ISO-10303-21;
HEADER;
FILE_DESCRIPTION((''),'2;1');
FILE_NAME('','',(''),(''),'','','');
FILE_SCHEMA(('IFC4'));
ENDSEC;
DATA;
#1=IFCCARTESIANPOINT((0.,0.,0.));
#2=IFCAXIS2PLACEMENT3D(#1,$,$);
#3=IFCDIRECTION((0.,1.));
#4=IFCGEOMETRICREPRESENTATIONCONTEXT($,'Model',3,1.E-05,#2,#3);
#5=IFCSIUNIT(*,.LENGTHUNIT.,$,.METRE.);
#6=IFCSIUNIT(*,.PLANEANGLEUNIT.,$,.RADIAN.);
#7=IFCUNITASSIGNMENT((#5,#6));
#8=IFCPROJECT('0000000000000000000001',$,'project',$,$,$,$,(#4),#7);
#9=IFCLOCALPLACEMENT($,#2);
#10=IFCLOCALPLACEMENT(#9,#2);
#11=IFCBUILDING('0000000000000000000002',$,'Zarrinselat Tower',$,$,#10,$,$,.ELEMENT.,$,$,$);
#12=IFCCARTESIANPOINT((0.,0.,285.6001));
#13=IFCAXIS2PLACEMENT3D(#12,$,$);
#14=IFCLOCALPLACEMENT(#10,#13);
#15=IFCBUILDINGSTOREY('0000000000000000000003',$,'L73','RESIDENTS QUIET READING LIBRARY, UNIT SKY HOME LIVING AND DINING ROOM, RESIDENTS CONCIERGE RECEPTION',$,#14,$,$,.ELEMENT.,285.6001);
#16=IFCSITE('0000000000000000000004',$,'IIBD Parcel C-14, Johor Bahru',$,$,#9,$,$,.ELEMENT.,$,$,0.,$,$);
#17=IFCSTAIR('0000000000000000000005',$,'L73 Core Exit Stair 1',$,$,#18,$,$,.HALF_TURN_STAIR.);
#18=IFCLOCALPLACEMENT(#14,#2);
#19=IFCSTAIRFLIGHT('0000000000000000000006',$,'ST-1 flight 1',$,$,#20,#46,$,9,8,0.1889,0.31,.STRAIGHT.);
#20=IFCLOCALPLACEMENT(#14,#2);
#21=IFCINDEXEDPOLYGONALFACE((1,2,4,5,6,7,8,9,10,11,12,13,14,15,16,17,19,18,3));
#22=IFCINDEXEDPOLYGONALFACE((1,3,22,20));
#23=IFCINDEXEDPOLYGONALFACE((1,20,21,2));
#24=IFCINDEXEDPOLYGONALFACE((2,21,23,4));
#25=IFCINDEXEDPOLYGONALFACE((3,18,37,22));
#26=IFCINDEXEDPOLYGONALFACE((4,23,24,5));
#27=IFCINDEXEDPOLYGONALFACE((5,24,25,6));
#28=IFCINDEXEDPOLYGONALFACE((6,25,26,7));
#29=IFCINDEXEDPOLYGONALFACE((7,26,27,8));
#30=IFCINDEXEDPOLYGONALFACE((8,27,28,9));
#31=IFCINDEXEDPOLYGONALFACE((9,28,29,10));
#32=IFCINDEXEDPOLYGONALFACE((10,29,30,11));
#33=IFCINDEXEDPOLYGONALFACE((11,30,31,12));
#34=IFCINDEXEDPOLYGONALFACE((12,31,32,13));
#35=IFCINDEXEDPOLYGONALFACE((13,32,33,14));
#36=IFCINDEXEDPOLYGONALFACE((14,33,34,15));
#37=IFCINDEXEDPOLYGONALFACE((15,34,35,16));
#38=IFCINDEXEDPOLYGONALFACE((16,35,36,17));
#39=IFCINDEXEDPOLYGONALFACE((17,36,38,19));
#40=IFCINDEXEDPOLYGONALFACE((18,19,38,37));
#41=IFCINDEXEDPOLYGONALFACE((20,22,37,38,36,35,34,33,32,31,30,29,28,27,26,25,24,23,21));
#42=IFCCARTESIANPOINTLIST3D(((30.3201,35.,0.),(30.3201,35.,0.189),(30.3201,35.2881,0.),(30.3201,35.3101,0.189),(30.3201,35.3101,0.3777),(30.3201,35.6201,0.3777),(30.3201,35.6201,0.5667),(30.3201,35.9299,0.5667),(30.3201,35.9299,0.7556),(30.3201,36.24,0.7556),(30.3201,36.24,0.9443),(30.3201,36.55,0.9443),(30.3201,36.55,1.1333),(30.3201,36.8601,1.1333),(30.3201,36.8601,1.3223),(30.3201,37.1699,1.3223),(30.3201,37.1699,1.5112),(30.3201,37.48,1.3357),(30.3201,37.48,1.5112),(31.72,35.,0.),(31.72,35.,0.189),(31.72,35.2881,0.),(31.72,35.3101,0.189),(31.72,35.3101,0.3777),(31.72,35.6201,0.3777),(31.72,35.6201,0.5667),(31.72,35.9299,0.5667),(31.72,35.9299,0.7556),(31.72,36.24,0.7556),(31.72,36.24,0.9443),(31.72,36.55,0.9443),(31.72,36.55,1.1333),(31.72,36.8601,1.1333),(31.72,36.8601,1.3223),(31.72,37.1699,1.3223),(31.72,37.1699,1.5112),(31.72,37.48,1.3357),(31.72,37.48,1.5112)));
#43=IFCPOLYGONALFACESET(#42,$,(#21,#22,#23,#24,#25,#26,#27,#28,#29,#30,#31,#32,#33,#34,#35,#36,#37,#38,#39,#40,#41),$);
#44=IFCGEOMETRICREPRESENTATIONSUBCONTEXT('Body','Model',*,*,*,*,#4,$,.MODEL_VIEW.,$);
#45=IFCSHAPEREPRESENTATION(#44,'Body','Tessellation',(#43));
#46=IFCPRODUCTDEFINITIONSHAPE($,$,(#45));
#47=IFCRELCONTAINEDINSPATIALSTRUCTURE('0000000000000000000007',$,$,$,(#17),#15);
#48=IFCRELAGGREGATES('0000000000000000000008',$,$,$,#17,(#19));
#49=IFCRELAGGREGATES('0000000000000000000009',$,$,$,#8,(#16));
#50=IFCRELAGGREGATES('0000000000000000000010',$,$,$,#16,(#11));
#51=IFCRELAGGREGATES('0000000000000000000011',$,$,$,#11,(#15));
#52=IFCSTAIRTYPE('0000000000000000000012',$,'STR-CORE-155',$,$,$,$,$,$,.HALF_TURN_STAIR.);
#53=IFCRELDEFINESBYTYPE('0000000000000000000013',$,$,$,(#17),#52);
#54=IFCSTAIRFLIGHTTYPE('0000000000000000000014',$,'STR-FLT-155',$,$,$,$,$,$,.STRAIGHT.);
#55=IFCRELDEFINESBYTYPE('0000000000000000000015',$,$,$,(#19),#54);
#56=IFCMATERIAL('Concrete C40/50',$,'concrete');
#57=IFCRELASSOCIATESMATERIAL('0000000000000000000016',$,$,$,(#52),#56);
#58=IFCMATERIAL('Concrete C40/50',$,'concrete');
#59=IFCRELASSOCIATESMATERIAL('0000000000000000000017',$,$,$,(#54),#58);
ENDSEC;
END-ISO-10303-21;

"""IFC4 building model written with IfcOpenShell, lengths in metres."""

from ifc_helpers import new_model, si_unit, direction, frame, origin, place, context, subcontext, project, spatial, polyline, outline, extrude, material, type_object, element, aggregate, save


model = new_model("IFC4")

# Units and contexts
model_context = context("Model", 3, precision=1e-05, world=origin(), true_north=direction((0.0, 1.0)))
body_context = subcontext(model_context, "Body", "Model", "MODEL_VIEW")
ifc_project = project(units=[si_unit("LENGTHUNIT", "METRE"), si_unit("PLANEANGLEUNIT", "RADIAN")], contexts=[model_context])

# Site, building, storey
site_placement = place(None, origin())
site = spatial("IfcSite", under=ifc_project, at=site_placement, Name="IIBD Parcel C-14, Johor Bahru", CompositionType="ELEMENT", RefElevation=0.0)
building_placement = place(site_placement, origin())
building = spatial("IfcBuilding", under=site, at=building_placement, Name="Zarrinselat Tower", CompositionType="ELEMENT")
storey_placement = place(building_placement, frame((0.0, 0.0, 285.6001)))
storey = spatial("IfcBuildingStorey", under=building, at=storey_placement, Name="L73", Description="RESIDENTS QUIET READING LIBRARY, UNIT SKY HOME LIVING AND DINING ROOM, RESIDENTS CONCIERGE RECEPTION", CompositionType="ELEMENT", Elevation=285.6001)

# Stair, stair flight
ifc_material_1 = material(Name="Concrete C40/50", Category="concrete")
stair_type = type_object("IfcStairType", Name="STR-CORE-155", PredefinedType="HALF_TURN_STAIR", material=ifc_material_1)
stair_placement = place(storey_placement, origin())
stair = element("IfcStair", 1, at=stair_placement, inside=storey, type_object=stair_type, Name="L73 Core Exit Stair 1", PredefinedType="HALF_TURN_STAIR")
ifc_material_2 = material(Name="Concrete C40/50", Category="concrete")
stair_flight_type = type_object("IfcStairFlightType", Name="STR-FLT-155", PredefinedType="STRAIGHT", material=ifc_material_2)
stair_flight_placement = place(storey_placement, frame((31.02, 35.0, 0.0), z_axis=(0.0, 0.0, 1.0), x_axis=(0.0, 1.0, 0.0)))
stair_flight = element("IfcStairFlight", 2, at=stair_flight_placement, type_object=stair_flight_type, Name="ST-1 flight 1", NumberOfRisers=9, NumberOfTreads=8, PredefinedType="STRAIGHT", RiserHeight=0.1889, TreadLength=0.31, context=body_context, shape_type="SweptSolid", body=[
    extrude(outline(polyline([(0.0, 0.0), (0.0, 0.189), (0.3101, 0.189), (0.3101, 0.3777), (0.6201, 0.3777), (0.6201, 0.5667), (0.9299, 0.5667), (0.9299, 0.7556), (1.24, 0.7556), (1.24, 0.9443), (1.55, 0.9443), (1.55, 1.1333), (1.8601, 1.1333), (1.8601, 1.3223), (2.1699, 1.3223), (2.1699, 1.5112), (2.48, 1.5112), (2.48, 1.7), (2.48, 1.3357), (0.2881, 0.0), (0.0, 0.0)])), frame((0.0, 0.7, 0.0), z_axis=(0.0, -1.0, 0.0), x_axis=(1.0, 0.0, 0.0)), (0.0, 0.0, 1.0), 1.3999),
])
aggregate(stair, [stair_flight])

save(model, "model.ifc")
